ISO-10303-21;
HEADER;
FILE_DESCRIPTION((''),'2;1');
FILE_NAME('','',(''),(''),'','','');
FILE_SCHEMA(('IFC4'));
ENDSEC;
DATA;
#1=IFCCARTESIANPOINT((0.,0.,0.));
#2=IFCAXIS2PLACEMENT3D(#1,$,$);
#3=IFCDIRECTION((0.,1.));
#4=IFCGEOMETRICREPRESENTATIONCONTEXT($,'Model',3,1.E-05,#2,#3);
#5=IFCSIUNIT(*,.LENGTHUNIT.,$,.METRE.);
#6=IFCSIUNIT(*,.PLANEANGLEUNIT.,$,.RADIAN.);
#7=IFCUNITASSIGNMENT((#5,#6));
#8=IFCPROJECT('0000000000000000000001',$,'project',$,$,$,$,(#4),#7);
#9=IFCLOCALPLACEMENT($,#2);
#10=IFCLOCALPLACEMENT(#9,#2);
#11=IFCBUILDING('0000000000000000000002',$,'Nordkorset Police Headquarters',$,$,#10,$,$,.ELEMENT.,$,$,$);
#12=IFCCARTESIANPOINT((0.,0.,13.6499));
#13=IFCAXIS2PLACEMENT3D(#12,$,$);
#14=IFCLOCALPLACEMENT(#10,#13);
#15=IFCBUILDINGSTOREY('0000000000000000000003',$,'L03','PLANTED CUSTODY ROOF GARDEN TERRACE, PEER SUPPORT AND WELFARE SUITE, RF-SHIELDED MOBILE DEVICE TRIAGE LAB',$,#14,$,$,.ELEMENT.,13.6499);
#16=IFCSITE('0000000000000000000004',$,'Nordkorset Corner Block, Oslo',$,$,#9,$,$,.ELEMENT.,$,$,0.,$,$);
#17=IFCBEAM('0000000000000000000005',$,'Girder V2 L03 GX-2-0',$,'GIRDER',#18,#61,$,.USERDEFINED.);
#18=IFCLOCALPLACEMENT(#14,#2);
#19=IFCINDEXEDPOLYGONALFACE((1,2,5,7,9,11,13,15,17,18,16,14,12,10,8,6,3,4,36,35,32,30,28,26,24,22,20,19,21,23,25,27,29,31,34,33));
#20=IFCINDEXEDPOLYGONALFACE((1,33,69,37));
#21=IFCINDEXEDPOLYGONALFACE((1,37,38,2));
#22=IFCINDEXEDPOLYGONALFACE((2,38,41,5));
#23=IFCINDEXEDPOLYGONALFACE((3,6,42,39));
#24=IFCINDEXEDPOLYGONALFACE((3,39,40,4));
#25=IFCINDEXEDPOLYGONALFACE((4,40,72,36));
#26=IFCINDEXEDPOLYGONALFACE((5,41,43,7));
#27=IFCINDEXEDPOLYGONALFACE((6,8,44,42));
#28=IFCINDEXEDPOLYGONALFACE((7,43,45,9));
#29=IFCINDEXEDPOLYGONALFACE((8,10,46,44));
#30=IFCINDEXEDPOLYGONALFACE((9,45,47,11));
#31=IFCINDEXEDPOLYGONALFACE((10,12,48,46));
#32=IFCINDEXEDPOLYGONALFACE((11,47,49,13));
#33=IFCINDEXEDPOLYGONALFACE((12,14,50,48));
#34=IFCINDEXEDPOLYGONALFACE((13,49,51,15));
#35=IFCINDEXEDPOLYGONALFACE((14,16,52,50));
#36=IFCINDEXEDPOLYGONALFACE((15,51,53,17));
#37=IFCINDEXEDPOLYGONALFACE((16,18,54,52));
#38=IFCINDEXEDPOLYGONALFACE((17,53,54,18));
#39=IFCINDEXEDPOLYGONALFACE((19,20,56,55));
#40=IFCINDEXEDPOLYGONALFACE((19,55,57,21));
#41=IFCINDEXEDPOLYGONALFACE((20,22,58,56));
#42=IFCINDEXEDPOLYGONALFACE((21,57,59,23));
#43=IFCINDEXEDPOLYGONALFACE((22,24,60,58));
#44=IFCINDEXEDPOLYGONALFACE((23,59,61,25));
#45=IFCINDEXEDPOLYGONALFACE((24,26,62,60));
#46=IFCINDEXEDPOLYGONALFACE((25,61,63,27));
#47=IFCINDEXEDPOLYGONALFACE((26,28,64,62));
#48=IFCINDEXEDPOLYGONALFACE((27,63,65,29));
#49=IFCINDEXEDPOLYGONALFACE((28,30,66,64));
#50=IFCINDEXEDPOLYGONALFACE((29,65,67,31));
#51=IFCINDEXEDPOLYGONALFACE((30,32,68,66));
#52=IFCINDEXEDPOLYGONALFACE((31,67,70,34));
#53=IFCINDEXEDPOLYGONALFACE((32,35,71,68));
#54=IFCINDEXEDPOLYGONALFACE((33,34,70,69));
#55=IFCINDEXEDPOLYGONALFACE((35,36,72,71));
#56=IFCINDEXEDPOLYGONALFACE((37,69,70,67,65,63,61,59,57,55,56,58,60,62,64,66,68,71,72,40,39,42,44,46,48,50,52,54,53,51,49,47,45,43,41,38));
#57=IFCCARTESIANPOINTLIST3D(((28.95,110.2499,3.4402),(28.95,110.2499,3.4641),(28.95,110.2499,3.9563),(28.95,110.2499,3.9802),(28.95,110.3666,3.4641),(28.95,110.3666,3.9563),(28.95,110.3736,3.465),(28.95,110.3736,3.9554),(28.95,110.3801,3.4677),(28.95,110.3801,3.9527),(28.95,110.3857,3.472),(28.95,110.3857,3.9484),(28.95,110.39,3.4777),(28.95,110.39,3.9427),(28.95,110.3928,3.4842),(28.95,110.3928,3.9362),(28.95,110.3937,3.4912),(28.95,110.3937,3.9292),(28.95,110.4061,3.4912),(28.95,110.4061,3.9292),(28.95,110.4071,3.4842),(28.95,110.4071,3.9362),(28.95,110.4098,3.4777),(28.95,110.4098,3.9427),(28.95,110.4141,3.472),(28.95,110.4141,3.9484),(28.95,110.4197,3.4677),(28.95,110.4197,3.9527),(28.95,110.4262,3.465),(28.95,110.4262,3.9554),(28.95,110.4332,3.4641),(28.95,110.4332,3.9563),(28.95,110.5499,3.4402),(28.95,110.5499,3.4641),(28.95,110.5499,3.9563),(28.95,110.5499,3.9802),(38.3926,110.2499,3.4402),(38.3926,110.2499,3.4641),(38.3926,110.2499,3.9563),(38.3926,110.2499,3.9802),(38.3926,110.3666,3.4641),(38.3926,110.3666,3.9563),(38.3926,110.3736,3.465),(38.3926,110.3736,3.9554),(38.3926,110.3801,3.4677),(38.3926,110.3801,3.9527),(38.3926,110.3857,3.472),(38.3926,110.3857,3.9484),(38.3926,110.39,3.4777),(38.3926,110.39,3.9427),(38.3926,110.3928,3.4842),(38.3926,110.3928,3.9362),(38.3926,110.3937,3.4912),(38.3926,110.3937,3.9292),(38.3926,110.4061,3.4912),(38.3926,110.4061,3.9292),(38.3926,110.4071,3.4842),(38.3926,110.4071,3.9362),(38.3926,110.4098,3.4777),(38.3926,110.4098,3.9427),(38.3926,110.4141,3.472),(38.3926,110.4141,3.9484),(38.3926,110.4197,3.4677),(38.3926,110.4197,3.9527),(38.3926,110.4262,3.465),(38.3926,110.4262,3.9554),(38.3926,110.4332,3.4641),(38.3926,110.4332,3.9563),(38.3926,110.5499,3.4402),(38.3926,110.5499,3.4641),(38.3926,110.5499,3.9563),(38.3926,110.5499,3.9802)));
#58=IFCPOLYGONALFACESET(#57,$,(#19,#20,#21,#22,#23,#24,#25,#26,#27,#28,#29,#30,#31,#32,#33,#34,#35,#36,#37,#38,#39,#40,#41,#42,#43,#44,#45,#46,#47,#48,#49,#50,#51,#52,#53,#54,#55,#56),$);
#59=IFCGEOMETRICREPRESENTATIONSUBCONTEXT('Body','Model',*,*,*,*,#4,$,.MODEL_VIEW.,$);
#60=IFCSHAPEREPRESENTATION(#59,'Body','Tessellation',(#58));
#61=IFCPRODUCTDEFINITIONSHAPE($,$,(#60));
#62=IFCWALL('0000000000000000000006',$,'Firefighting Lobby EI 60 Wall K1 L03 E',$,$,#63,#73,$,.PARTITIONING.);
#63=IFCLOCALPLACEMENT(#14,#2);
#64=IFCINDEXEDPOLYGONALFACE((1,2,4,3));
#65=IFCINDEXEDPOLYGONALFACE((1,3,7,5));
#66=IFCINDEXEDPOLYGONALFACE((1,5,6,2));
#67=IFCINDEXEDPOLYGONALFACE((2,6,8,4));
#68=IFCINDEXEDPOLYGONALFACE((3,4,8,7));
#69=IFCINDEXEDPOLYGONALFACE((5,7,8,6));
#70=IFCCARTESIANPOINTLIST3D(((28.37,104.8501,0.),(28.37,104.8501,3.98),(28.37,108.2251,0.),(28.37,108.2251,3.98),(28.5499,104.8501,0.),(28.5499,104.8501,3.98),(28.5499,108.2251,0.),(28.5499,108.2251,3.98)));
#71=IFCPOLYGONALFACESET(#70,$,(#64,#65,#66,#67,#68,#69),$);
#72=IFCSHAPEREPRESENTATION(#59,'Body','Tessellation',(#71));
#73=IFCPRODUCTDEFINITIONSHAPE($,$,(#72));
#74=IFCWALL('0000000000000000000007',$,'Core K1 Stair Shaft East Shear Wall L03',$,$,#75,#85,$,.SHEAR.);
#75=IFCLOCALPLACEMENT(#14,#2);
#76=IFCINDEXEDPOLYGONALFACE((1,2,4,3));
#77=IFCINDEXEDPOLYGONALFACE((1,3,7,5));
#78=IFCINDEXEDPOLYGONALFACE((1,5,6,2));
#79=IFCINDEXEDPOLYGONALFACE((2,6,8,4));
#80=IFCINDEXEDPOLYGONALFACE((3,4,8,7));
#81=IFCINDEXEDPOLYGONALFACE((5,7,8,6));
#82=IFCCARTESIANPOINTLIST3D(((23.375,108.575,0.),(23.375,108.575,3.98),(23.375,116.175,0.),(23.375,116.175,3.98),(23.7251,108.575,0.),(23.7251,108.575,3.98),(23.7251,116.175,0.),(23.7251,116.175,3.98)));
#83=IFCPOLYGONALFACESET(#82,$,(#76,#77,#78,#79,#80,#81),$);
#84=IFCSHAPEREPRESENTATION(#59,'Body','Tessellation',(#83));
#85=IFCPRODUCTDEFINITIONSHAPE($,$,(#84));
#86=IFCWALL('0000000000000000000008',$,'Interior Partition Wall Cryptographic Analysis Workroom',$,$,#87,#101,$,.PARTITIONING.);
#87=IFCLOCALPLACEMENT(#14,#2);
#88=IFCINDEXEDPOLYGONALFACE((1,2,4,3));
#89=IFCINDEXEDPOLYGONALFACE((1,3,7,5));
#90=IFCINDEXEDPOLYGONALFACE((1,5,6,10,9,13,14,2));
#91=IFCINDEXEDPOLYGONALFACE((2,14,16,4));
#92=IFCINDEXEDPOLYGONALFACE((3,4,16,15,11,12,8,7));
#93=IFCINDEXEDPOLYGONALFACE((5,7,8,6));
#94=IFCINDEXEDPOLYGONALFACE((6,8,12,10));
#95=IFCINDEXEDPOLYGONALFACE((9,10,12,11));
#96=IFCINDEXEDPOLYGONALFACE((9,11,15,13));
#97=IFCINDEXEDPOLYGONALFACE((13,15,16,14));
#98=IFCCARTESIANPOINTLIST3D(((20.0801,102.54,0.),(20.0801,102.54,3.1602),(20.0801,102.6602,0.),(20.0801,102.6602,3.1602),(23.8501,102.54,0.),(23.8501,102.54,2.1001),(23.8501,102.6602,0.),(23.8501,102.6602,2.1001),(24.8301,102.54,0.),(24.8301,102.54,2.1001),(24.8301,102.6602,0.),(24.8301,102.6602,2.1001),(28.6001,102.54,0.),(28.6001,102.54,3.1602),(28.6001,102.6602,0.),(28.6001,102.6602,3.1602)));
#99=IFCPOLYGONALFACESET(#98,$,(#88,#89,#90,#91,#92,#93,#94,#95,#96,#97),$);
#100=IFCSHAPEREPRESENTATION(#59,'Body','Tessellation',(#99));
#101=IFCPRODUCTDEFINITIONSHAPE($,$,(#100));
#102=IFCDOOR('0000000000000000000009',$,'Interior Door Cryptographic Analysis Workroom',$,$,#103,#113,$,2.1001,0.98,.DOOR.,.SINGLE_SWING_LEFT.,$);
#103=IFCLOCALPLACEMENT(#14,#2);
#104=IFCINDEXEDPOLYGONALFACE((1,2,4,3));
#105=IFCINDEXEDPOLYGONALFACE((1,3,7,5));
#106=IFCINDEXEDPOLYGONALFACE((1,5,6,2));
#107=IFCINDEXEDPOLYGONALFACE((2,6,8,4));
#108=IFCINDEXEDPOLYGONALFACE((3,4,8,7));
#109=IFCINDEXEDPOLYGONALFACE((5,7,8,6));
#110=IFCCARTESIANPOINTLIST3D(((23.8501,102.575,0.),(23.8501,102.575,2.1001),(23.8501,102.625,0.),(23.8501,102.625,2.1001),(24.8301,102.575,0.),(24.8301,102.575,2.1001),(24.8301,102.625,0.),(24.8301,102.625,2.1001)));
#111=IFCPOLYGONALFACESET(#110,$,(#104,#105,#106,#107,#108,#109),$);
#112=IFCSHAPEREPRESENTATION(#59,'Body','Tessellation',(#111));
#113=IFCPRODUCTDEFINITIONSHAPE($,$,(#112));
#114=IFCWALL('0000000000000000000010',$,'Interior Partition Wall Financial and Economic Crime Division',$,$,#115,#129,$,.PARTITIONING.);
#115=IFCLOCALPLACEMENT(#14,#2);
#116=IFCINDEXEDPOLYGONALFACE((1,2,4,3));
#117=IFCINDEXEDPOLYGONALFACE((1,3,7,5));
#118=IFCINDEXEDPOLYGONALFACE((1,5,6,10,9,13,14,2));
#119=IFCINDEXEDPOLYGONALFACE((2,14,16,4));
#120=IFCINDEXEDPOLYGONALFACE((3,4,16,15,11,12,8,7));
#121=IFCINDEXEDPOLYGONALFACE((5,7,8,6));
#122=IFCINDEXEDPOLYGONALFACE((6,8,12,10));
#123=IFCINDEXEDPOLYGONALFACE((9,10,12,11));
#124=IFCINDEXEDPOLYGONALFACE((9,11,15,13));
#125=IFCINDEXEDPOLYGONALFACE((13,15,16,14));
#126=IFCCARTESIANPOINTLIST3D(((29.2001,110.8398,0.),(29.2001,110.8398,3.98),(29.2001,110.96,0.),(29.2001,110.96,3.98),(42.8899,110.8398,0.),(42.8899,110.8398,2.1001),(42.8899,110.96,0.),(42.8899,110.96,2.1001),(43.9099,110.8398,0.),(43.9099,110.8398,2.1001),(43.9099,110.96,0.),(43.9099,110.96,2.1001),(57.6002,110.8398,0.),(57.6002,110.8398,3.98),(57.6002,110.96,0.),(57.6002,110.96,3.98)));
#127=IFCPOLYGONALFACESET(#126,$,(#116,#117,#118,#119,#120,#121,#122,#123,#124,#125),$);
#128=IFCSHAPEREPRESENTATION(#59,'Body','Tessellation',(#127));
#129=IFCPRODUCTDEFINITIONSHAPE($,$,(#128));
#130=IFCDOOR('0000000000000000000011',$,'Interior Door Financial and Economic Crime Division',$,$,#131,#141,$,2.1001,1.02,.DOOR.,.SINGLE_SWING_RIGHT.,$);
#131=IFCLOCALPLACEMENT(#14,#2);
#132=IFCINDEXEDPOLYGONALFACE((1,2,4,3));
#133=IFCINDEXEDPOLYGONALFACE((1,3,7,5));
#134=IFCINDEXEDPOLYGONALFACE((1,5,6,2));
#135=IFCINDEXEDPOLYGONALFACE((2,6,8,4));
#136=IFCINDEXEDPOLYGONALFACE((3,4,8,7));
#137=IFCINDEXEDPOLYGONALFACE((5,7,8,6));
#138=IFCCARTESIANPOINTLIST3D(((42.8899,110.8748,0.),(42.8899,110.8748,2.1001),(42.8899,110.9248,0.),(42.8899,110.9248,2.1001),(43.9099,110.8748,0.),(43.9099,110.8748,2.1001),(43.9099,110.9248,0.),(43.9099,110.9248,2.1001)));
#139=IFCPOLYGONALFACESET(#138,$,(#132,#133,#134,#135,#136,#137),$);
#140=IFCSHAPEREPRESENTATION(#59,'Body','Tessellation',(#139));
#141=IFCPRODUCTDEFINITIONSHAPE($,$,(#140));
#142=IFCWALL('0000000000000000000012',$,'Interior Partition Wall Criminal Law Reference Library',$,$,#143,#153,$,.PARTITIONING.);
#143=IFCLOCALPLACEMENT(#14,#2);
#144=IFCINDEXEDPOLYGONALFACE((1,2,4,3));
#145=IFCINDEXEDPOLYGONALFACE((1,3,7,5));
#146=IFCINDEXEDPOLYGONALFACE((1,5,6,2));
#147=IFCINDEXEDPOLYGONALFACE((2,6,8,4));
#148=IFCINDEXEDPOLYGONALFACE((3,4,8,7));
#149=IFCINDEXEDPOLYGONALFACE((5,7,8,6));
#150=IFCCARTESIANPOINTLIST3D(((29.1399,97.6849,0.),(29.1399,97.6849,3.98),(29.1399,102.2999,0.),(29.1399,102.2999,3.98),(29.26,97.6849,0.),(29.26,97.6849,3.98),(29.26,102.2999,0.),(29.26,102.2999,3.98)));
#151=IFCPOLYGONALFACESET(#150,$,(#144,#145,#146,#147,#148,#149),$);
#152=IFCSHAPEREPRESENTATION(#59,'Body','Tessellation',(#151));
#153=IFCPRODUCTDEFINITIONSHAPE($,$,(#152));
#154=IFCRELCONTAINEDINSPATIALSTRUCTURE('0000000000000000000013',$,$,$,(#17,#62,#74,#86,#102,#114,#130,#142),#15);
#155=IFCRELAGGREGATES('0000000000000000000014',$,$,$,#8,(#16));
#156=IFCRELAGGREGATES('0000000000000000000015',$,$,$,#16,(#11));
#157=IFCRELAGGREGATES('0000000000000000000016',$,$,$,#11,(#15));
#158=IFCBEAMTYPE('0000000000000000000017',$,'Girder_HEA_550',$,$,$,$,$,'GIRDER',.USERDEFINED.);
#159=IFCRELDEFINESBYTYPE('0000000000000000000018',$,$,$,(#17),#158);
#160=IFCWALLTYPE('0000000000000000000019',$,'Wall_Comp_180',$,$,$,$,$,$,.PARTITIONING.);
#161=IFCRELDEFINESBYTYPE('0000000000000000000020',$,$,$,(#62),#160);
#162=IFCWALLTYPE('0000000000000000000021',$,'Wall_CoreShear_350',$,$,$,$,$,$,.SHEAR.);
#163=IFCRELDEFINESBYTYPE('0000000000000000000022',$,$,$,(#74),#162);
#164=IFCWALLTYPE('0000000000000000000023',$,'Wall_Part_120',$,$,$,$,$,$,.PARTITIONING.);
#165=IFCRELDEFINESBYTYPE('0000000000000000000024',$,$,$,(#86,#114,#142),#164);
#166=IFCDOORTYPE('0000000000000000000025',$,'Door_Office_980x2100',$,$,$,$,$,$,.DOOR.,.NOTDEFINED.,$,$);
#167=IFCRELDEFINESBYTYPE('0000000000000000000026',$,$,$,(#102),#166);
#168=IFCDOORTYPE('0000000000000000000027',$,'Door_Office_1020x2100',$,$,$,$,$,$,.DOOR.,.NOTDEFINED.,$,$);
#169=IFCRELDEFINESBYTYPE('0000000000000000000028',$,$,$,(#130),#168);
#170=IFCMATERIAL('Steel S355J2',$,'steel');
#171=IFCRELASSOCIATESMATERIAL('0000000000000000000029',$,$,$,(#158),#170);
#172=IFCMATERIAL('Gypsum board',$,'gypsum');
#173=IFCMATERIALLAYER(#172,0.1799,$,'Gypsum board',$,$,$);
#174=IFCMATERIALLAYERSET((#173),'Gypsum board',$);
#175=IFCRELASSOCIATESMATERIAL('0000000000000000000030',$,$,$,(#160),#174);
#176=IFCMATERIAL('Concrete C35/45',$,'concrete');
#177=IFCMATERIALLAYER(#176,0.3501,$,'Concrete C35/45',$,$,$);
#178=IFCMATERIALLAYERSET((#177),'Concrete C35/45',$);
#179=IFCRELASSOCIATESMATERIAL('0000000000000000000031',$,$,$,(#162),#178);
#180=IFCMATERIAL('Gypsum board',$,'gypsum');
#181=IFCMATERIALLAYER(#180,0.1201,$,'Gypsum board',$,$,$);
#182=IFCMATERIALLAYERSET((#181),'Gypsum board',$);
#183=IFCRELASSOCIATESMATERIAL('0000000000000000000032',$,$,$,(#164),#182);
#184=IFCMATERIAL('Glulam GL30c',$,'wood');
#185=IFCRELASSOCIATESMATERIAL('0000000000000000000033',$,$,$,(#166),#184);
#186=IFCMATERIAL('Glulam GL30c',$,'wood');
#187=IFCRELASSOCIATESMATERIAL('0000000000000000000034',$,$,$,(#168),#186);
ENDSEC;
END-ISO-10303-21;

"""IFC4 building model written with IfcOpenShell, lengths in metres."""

from ifc_helpers import new_model, si_unit, direction, frame, frame_2d, origin, origin_2d, place, context, subcontext, project, spatial, rectangle, i_section, extrude, material, layer, layer_set, material_profile, profile_set, type_object, element, fill, save


model = new_model("IFC4")

# Units and contexts
model_context = context("Model", 3, precision=1e-05, world=origin(), true_north=direction((0.0, 1.0)))
body_context = subcontext(model_context, "Body", "Model", "MODEL_VIEW")
ifc_project = project(units=[si_unit("LENGTHUNIT", "METRE"), si_unit("PLANEANGLEUNIT", "RADIAN")], contexts=[model_context])

# Site, building, storey
site_placement = place(None, origin())
site = spatial("IfcSite", under=ifc_project, at=site_placement, Name="Nordkorset Corner Block, Oslo", CompositionType="ELEMENT", RefElevation=0.0)
building_placement = place(site_placement, origin())
building = spatial("IfcBuilding", under=site, at=building_placement, Name="Nordkorset Police Headquarters", CompositionType="ELEMENT")
storey_placement = place(building_placement, frame((0.0, 0.0, 13.6499)))
storey = spatial("IfcBuildingStorey", under=building, at=storey_placement, Name="L03", Description="PLANTED CUSTODY ROOF GARDEN TERRACE, PEER SUPPORT AND WELFARE SUITE, RF-SHIELDED MOBILE DEVICE TRIAGE LAB", CompositionType="ELEMENT", Elevation=13.6499)

# Beam
ifc_material_1 = material(Name="Steel S355J2", Category="steel")
ifc_material_profile_1 = material_profile(ifc_material_1, i_section(OverallWidth=0.3, OverallDepth=0.54, WebThickness=0.0125, FlangeThickness=0.0239, FilletRadius=0.0271, at=origin_2d()), Name="HEA 550")
ifc_profile_set_1 = profile_set([ifc_material_profile_1], Name="Steel S355J2")
beam_type_1 = type_object("IfcBeamType", Name="Girder_HEA_550", ElementType="GIRDER", PredefinedType="USERDEFINED", material=ifc_profile_set_1)
for number, where, z_axis, x_axis, name in (
    (1, (28.95, 110.3999, 3.7102), (1.0, 0.0, 0.0), (0.0, 1.0, 0.0), "Girder V2 L03 GX-2-0"),
):
    element("IfcBeam", number, at=place(storey_placement, frame(where, z_axis=z_axis, x_axis=x_axis)), inside=storey, type_object=beam_type_1, Name=name, ObjectType="GIRDER", PredefinedType="USERDEFINED", context=body_context, shape_type="SweptSolid", body=[
        extrude(i_section(OverallWidth=0.3, OverallDepth=0.54, WebThickness=0.0125, FlangeThickness=0.0239, FilletRadius=0.0271, at=origin_2d()), origin(), (0.0, 0.0, 1.0), 9.4426),
    ])

# Walls
ifc_material_2 = material(Name="Gypsum board", Category="gypsum")
ifc_layer_1 = layer(ifc_material_2, 0.1799, Name="Gypsum board")
ifc_layer_set_1 = layer_set([ifc_layer_1], Name="Gypsum board")
wall_type_1 = type_object("IfcWallType", Name="Wall_Comp_180", PredefinedType="PARTITIONING", material=ifc_layer_set_1)
wall_1_placement = place(storey_placement, frame((28.46, 104.8501, 0.0), z_axis=(0.0, 0.0, 1.0), x_axis=(0.0, 1.0, 0.0)))
element("IfcWall", 2, at=wall_1_placement, inside=storey, type_object=wall_type_1, Name="Firefighting Lobby EI 60 Wall K1 L03 E", PredefinedType="PARTITIONING", context=body_context, shape_type="SweptSolid", body=[
    extrude(rectangle(XDim=3.375, YDim=0.1799, at=frame_2d((1.6875, 0.0))), origin(), (0.0, 0.0, 1.0), 3.98),
])
ifc_material_3 = material(Name="Concrete C35/45", Category="concrete")
ifc_layer_2 = layer(ifc_material_3, 0.3501, Name="Concrete C35/45")
ifc_layer_set_2 = layer_set([ifc_layer_2], Name="Concrete C35/45")
wall_type_2 = type_object("IfcWallType", Name="Wall_CoreShear_350", PredefinedType="SHEAR", material=ifc_layer_set_2)
wall_2_placement = place(storey_placement, frame((23.55, 108.575, 0.0), z_axis=(0.0, 0.0, 1.0), x_axis=(0.0, 1.0, 0.0)))
element("IfcWall", 3, at=wall_2_placement, inside=storey, type_object=wall_type_2, Name="Core K1 Stair Shaft East Shear Wall L03", PredefinedType="SHEAR", context=body_context, shape_type="SweptSolid", body=[
    extrude(rectangle(XDim=7.6001, YDim=0.3501, at=frame_2d((3.8, 0.0))), origin(), (0.0, 0.0, 1.0), 3.98),
])

# Walls, openings, doors
ifc_material_4 = material(Name="Gypsum board", Category="gypsum")
ifc_layer_3 = layer(ifc_material_4, 0.1201, Name="Gypsum board")
ifc_layer_set_3 = layer_set([ifc_layer_3], Name="Gypsum board")
wall_type_3 = type_object("IfcWallType", Name="Wall_Part_120", PredefinedType="PARTITIONING", material=ifc_layer_set_3)
wall_3_placement = place(storey_placement, frame((28.6001, 102.6001, 0.0), z_axis=(0.0, 0.0, 1.0), x_axis=(-1.0, 0.0, 0.0)))
wall_3 = element("IfcWall", 4, at=wall_3_placement, inside=storey, type_object=wall_type_3, Name="Interior Partition Wall Cryptographic Analysis Workroom", PredefinedType="PARTITIONING", context=body_context, shape_type="SweptSolid", body=[
    extrude(rectangle(XDim=8.52, YDim=0.1201, at=frame_2d((4.26, 0.0))), origin(), (0.0, 0.0, 1.0), 3.1602),
])
opening_1_placement = place(wall_3_placement, frame((3.77, 0.0, 0.0)))
opening_1 = element("IfcOpeningElement", 5, at=opening_1_placement, cuts=wall_3, PredefinedType="OPENING", context=body_context, shape_type="SweptSolid", body=[
    extrude(rectangle(XDim=0.98, YDim=2.1001, at=frame_2d((0.49, 1.05))), frame((0.0, 0.0701, 0.0), z_axis=(0.0, -1.0, 0.0), x_axis=(1.0, 0.0, 0.0)), (0.0, 0.0, 1.0), 0.1401),
])
ifc_material_5 = material(Name="Glulam GL30c", Category="wood")
door_type_1 = type_object("IfcDoorType", Name="Door_Office_980x2100", OperationType="NOTDEFINED", PredefinedType="DOOR", material=ifc_material_5)
door_1_placement = place(opening_1_placement, frame((0.98, 0.0, 0.0), z_axis=(0.0, 0.0, 1.0), x_axis=(-1.0, 0.0, 0.0)))
door_1 = element("IfcDoor", 6, at=door_1_placement, inside=storey, type_object=door_type_1, Name="Interior Door Cryptographic Analysis Workroom", OperationType="SINGLE_SWING_LEFT", OverallHeight=2.1001, OverallWidth=0.98, PredefinedType="DOOR", context=body_context, shape_type="SweptSolid", body=[
    extrude(rectangle(XDim=0.98, YDim=2.1001, at=frame_2d((0.49, 1.05))), frame((0.0, 0.0249, 0.0), z_axis=(0.0, -1.0, 0.0), x_axis=(1.0, 0.0, 0.0)), (0.0, 0.0, 1.0), 0.05),
])
fill(opening_1, door_1)
wall_4_placement = place(storey_placement, frame((29.2, 110.8999, 0.0), z_axis=(0.0, 0.0, 1.0), x_axis=(1.0, 0.0, 0.0)))
wall_4 = element("IfcWall", 7, at=wall_4_placement, inside=storey, type_object=wall_type_3, Name="Interior Partition Wall Financial and Economic Crime Division", PredefinedType="PARTITIONING", context=body_context, shape_type="SweptSolid", body=[
    extrude(rectangle(XDim=28.4001, YDim=0.1201, at=frame_2d((14.2002, 0.0))), origin(), (0.0, 0.0, 1.0), 3.98),
])
opening_2_placement = place(wall_4_placement, frame((13.6899, 0.0, 0.0)))
opening_2 = element("IfcOpeningElement", 8, at=opening_2_placement, cuts=wall_4, PredefinedType="OPENING", context=body_context, shape_type="SweptSolid", body=[
    extrude(rectangle(XDim=1.02, YDim=2.1001, at=frame_2d((0.51, 1.05))), frame((0.0, 0.0701, 0.0), z_axis=(0.0, -1.0, 0.0), x_axis=(1.0, 0.0, 0.0)), (0.0, 0.0, 1.0), 0.1401),
])
ifc_material_6 = material(Name="Glulam GL30c", Category="wood")
door_type_2 = type_object("IfcDoorType", Name="Door_Office_1020x2100", OperationType="NOTDEFINED", PredefinedType="DOOR", material=ifc_material_6)
door_2_placement = place(opening_2_placement, origin())
door_2 = element("IfcDoor", 9, at=door_2_placement, inside=storey, type_object=door_type_2, Name="Interior Door Financial and Economic Crime Division", OperationType="SINGLE_SWING_RIGHT", OverallHeight=2.1001, OverallWidth=1.02, PredefinedType="DOOR", context=body_context, shape_type="SweptSolid", body=[
    extrude(rectangle(XDim=1.02, YDim=2.1001, at=frame_2d((0.51, 1.05))), frame((0.0, 0.0249, 0.0), z_axis=(0.0, -1.0, 0.0), x_axis=(1.0, 0.0, 0.0)), (0.0, 0.0, 1.0), 0.05),
])
fill(opening_2, door_2)

# Wall
wall_5_placement = place(storey_placement, frame((29.2, 102.3, 0.0), z_axis=(0.0, 0.0, 1.0), x_axis=(0.0, -1.0, 0.0)))
element("IfcWall", 10, at=wall_5_placement, inside=storey, type_object=wall_type_3, Name="Interior Partition Wall Criminal Law Reference Library", PredefinedType="PARTITIONING", context=body_context, shape_type="SweptSolid", body=[
    extrude(rectangle(XDim=4.615, YDim=0.1201, at=frame_2d((2.3076, 0.0))), origin(), (0.0, 0.0, 1.0), 3.98),
])

save(model, "model.ifc")
